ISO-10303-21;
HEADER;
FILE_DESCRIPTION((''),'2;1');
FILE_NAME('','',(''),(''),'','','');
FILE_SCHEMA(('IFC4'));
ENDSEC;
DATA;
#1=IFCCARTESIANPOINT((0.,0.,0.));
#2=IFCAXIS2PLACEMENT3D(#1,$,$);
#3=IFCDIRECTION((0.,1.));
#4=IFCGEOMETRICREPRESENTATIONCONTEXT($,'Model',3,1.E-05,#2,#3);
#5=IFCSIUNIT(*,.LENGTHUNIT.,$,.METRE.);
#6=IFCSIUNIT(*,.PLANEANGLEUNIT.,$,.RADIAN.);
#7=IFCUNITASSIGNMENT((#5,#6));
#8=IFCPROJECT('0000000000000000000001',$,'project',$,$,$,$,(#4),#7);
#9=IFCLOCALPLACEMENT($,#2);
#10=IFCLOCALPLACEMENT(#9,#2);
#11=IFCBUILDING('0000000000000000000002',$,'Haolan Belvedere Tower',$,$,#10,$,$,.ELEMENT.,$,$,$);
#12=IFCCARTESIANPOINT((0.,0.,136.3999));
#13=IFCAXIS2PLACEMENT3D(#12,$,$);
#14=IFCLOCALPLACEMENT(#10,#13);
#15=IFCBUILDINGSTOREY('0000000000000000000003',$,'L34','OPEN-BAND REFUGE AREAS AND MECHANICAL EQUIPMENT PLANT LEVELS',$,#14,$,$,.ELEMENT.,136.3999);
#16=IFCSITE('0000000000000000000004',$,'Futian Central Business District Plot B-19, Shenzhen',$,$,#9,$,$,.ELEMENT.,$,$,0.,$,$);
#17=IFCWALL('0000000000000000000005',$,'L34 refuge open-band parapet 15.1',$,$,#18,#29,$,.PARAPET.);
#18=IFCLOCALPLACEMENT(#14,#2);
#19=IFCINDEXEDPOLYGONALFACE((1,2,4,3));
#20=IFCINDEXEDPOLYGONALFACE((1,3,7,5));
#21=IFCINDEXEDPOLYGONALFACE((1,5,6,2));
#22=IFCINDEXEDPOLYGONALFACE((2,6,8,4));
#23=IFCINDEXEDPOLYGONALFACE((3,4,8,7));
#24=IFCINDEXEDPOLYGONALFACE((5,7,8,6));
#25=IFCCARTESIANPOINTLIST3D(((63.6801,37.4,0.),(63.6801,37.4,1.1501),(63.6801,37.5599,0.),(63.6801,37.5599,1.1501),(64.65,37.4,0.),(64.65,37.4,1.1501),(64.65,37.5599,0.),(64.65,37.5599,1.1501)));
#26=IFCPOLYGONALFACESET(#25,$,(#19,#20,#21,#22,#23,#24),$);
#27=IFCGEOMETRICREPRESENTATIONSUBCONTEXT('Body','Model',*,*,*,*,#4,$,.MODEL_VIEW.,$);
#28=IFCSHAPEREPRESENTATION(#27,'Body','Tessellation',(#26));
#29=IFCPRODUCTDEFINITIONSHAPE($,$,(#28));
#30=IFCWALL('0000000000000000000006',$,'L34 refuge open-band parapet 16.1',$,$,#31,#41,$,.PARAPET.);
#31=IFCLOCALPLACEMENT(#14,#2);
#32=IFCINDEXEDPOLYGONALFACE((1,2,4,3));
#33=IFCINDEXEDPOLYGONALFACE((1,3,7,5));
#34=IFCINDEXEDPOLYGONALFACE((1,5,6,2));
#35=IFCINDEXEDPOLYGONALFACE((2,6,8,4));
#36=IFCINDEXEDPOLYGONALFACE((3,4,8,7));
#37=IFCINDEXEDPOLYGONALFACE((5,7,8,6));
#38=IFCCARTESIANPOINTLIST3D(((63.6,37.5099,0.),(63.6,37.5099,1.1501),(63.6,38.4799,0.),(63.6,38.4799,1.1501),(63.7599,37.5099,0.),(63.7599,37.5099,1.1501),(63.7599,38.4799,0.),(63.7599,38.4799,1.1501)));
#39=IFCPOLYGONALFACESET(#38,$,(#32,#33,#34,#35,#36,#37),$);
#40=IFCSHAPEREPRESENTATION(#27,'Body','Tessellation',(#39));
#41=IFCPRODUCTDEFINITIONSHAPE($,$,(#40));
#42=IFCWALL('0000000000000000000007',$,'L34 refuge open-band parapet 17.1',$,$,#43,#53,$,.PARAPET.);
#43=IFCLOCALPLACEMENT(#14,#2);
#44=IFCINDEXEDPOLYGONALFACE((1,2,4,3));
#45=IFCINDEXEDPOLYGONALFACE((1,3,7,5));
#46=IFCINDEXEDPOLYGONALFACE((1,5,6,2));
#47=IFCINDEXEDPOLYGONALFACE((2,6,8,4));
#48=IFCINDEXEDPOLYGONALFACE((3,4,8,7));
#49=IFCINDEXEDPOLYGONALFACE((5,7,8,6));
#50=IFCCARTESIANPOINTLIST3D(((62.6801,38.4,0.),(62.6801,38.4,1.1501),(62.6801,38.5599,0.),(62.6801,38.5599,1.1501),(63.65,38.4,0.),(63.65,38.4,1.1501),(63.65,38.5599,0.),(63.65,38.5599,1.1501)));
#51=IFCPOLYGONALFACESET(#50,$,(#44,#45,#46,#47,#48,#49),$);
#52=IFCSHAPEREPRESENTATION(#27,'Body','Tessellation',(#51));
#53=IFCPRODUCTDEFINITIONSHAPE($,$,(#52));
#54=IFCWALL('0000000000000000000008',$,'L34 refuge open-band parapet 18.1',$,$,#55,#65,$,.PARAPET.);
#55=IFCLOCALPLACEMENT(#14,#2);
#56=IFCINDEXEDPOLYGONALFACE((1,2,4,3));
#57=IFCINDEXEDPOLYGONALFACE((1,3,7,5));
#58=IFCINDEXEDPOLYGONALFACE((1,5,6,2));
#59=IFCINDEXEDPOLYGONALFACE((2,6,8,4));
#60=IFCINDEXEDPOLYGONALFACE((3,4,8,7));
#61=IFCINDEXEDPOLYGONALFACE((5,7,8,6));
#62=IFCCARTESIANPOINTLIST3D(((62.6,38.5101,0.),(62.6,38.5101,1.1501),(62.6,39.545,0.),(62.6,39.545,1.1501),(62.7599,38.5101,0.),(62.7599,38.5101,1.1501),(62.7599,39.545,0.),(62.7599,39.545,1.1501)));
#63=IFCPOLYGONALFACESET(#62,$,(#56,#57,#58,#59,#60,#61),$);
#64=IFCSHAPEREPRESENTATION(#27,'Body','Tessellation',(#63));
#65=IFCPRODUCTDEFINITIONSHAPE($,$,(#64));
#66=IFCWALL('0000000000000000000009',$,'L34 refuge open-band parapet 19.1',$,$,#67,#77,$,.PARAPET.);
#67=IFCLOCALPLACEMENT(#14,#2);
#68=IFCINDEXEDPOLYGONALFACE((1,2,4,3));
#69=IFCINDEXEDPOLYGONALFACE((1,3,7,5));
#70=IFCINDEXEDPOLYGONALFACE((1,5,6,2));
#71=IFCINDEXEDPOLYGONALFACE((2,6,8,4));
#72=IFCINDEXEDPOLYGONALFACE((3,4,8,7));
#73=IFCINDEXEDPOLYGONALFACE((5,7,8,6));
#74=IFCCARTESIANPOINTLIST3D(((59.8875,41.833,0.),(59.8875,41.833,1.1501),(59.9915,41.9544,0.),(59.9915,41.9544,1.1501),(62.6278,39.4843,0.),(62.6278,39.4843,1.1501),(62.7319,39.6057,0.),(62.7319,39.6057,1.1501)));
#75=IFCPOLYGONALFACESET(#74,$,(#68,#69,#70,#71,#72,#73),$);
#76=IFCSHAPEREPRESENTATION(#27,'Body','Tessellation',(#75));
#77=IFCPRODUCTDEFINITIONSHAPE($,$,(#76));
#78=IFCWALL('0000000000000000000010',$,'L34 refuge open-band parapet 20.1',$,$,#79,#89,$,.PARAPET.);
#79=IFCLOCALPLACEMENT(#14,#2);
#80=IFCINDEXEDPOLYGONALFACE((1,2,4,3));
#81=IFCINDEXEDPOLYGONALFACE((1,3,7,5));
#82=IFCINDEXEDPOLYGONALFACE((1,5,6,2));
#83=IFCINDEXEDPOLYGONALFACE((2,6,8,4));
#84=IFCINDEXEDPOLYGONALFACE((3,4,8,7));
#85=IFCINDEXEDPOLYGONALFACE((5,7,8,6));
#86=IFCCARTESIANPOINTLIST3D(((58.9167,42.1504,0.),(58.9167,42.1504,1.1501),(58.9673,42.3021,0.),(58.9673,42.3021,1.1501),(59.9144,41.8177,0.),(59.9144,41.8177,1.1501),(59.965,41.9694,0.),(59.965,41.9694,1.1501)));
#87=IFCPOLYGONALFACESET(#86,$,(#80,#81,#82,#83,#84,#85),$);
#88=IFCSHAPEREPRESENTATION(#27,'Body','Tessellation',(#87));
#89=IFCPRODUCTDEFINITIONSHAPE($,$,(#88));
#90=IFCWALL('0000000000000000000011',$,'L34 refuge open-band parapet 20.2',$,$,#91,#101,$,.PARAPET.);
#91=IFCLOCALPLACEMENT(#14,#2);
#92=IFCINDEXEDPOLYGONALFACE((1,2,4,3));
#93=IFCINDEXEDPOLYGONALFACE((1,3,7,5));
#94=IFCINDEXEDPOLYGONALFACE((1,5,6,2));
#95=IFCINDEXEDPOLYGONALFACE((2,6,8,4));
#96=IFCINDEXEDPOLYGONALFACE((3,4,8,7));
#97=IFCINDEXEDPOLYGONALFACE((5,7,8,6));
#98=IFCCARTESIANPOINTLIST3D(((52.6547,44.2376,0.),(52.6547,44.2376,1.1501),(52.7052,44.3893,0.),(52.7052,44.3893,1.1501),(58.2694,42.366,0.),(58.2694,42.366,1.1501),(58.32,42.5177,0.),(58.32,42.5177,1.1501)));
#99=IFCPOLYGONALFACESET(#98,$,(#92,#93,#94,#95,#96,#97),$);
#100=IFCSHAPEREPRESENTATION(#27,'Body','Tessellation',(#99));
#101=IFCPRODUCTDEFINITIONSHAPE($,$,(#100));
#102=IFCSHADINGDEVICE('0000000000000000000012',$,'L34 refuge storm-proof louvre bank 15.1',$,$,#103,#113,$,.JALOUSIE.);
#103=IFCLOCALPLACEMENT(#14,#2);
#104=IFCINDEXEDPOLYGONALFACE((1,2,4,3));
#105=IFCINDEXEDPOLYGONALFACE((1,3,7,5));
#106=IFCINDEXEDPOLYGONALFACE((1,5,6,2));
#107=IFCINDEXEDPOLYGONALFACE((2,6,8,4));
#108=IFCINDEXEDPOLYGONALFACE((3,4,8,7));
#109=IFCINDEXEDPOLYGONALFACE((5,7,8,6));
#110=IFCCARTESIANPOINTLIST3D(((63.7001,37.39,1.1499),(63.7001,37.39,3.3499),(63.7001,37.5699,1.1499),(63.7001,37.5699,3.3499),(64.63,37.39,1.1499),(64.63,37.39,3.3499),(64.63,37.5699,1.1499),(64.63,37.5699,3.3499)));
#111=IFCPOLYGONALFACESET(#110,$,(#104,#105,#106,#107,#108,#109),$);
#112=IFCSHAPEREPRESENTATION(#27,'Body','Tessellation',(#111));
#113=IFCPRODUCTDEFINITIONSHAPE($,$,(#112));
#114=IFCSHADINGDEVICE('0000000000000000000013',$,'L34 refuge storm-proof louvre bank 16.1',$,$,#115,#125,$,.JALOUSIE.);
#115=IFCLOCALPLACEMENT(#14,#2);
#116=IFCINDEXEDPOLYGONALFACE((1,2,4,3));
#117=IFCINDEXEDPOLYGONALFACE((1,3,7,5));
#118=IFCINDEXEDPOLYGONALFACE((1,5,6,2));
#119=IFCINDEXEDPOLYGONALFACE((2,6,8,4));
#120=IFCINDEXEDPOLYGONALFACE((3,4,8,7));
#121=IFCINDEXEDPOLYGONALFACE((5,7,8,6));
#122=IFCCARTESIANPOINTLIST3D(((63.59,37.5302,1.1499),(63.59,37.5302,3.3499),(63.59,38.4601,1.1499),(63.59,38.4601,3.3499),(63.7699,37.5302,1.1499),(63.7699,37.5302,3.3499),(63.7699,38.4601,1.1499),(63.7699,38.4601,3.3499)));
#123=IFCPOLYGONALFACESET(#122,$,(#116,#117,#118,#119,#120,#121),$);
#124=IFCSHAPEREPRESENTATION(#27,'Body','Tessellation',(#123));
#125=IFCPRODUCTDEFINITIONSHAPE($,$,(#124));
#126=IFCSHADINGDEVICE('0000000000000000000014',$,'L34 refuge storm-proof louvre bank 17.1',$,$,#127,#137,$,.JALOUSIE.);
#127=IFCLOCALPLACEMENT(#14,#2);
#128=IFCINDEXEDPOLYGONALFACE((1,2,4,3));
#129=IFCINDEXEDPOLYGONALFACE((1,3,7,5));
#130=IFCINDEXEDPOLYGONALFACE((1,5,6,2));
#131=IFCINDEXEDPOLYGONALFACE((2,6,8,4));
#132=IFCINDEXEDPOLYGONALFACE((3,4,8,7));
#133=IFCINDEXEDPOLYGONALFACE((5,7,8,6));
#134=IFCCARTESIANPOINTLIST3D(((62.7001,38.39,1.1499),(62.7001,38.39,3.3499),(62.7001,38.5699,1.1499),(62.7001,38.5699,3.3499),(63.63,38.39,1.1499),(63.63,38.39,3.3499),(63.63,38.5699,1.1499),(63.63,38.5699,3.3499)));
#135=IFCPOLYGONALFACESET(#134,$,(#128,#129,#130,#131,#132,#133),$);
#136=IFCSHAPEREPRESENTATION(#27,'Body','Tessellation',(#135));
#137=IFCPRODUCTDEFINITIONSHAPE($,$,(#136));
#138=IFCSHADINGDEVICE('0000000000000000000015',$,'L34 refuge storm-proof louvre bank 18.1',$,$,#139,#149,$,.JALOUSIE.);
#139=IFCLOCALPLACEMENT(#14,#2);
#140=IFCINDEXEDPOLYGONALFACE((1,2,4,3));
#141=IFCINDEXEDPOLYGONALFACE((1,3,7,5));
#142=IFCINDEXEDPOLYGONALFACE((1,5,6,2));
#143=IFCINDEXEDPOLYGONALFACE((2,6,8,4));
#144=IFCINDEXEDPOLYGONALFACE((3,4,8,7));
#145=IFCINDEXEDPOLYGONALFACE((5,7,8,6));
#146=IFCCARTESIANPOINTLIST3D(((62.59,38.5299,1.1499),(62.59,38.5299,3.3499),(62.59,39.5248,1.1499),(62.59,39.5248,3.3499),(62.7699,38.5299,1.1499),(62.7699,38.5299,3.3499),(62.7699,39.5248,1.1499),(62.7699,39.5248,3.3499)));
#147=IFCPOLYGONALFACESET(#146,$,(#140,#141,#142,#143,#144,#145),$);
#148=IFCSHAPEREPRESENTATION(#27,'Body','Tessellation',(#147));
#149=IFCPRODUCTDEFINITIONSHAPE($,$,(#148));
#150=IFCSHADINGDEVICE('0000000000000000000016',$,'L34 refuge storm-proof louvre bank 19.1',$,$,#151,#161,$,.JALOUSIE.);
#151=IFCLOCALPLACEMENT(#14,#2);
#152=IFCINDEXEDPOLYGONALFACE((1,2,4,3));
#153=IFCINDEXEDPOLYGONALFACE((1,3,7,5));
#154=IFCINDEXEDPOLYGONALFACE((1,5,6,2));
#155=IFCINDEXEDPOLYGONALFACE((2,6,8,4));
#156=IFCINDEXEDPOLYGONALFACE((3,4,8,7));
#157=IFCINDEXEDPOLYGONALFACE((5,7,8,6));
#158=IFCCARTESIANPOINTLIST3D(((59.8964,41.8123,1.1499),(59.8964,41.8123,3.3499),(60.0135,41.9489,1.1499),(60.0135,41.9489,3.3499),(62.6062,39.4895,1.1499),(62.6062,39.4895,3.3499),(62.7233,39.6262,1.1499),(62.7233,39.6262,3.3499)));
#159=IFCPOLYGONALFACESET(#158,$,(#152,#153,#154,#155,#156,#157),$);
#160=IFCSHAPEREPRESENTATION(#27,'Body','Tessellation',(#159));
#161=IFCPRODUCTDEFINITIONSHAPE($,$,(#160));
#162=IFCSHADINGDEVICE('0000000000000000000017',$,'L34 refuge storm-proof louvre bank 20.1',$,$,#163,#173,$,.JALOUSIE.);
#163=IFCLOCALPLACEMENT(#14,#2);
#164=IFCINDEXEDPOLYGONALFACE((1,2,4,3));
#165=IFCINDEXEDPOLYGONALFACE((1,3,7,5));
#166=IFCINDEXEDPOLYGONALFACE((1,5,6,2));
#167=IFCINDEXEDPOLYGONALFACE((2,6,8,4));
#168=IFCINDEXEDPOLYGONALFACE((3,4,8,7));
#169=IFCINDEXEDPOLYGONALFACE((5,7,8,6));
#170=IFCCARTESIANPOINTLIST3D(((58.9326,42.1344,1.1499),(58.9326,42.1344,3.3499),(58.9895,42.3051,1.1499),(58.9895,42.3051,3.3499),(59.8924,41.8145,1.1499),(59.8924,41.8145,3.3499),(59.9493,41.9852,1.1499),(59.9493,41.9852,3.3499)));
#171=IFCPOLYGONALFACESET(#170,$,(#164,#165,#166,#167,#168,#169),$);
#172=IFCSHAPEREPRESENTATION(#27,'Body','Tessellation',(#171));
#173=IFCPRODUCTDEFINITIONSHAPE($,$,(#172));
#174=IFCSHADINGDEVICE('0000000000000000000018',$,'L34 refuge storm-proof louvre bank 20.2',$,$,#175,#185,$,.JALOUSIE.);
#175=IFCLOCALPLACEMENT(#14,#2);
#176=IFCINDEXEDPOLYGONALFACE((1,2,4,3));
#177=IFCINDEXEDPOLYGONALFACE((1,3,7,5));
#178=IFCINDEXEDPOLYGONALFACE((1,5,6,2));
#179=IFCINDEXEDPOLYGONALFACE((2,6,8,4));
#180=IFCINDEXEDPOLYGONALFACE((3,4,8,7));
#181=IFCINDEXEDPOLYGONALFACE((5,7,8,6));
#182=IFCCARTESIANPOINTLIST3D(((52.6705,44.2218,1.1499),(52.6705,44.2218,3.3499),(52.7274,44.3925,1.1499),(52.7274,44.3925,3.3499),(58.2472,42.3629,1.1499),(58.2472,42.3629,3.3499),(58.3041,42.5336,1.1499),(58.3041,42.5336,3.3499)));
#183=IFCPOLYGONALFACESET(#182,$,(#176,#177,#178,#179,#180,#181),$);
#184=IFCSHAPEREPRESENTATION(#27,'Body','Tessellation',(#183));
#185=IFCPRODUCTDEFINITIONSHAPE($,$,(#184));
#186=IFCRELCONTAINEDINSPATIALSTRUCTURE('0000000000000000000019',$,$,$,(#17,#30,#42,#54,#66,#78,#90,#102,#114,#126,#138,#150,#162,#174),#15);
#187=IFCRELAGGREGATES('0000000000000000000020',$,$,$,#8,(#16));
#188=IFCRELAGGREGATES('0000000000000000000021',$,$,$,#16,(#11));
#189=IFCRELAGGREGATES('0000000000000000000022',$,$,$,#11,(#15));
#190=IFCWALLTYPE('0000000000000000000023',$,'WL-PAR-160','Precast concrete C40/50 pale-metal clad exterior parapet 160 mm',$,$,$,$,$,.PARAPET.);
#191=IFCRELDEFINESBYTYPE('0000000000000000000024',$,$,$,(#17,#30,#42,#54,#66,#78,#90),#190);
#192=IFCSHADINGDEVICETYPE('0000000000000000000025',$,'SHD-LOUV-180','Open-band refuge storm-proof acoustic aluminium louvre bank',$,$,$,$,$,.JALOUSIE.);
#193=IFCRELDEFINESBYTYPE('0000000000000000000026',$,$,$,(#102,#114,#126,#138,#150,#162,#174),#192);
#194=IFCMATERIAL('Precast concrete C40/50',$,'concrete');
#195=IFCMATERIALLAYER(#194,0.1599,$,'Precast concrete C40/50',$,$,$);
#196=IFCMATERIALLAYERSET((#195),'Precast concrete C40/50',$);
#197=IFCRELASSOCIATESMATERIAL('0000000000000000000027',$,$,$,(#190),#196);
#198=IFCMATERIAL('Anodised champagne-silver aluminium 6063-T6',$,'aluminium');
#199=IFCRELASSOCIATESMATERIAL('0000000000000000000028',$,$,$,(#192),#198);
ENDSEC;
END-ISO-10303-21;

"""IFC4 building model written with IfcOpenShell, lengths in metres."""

from ifc_helpers import new_model, si_unit, direction, frame, frame_2d, origin, origin_2d, place, context, subcontext, project, spatial, rectangle, extrude, material, layer, layer_set, type_object, element, save


model = new_model("IFC4")

# Units and contexts
model_context = context("Model", 3, precision=1e-05, world=origin(), true_north=direction((0.0, 1.0)))
body_context = subcontext(model_context, "Body", "Model", "MODEL_VIEW")
ifc_project = project(units=[si_unit("LENGTHUNIT", "METRE"), si_unit("PLANEANGLEUNIT", "RADIAN")], contexts=[model_context])

# Site, building, storey
site_placement = place(None, origin())
site = spatial("IfcSite", under=ifc_project, at=site_placement, Name="Futian Central Business District Plot B-19, Shenzhen", CompositionType="ELEMENT", RefElevation=0.0)
building_placement = place(site_placement, origin())
building = spatial("IfcBuilding", under=site, at=building_placement, Name="Haolan Belvedere Tower", CompositionType="ELEMENT")
storey_placement = place(building_placement, frame((0.0, 0.0, 136.3999)))
storey = spatial("IfcBuildingStorey", under=building, at=storey_placement, Name="L34", Description="OPEN-BAND REFUGE AREAS AND MECHANICAL EQUIPMENT PLANT LEVELS", CompositionType="ELEMENT", Elevation=136.3999)

# Walls
ifc_material_1 = material(Name="Precast concrete C40/50", Category="concrete")
ifc_layer_1 = layer(ifc_material_1, 0.1599, Name="Precast concrete C40/50")
ifc_layer_set_1 = layer_set([ifc_layer_1], Name="Precast concrete C40/50")
wall_type_1 = type_object("IfcWallType", Name="WL-PAR-160", Description="Precast concrete C40/50 pale-metal clad exterior parapet 160 mm", PredefinedType="PARAPET", material=ifc_layer_set_1)
for number, where, z_axis, x_axis, name in (
    (1, (64.6499, 37.48, 0.0), (0.0, 0.0, 1.0), (-1.0, 0.0, 0.0), "L34 refuge open-band parapet 15.1"),
    (2, (63.6799, 37.51, 0.0), (0.0, 0.0, 1.0), (0.0, 1.0, 0.0), "L34 refuge open-band parapet 16.1"),
    (3, (63.6499, 38.48, 0.0), (0.0, 0.0, 1.0), (-1.0, 0.0, 0.0), "L34 refuge open-band parapet 17.1"),
):
    element("IfcWall", number, at=place(storey_placement, frame(where, z_axis=z_axis, x_axis=x_axis)), inside=storey, type_object=wall_type_1, Name=name, PredefinedType="PARAPET", context=body_context, shape_type="SweptSolid", body=[
        extrude(rectangle(XDim=0.97, YDim=0.1599, at=frame_2d((0.4849, 0.0))), origin(), (0.0, 0.0, 1.0), 1.1501),
    ])
wall_1_placement = place(storey_placement, frame((62.6799, 38.51, 0.0), z_axis=(0.0, 0.0, 1.0), x_axis=(0.0, 1.0, 0.0)))
element("IfcWall", 4, at=wall_1_placement, inside=storey, type_object=wall_type_1, Name="L34 refuge open-band parapet 18.1", PredefinedType="PARAPET", context=body_context, shape_type="SweptSolid", body=[
    extrude(rectangle(XDim=1.0349, YDim=0.1599, at=frame_2d((0.5176, 0.0))), origin(), (0.0, 0.0, 1.0), 1.1501),
])
wall_2_placement = place(storey_placement, frame((62.6799, 39.5449, 0.0), z_axis=(0.0, 0.0, 1.0), x_axis=(-0.759276, 0.650769, 0.0)))
element("IfcWall", 5, at=wall_2_placement, inside=storey, type_object=wall_type_1, Name="L34 refuge open-band parapet 19.1", PredefinedType="PARAPET", context=body_context, shape_type="SweptSolid", body=[
    extrude(rectangle(XDim=3.6091, YDim=0.1599, at=frame_2d((1.8047, 0.0))), origin(), (0.0, 0.0, 1.0), 1.1501),
])
wall_3_placement = place(storey_placement, frame((59.9397, 41.8936, 0.0), z_axis=(0.0, 0.0, 1.0), x_axis=(-0.948637, 0.316367, 0.0)))
element("IfcWall", 6, at=wall_3_placement, inside=storey, type_object=wall_type_1, Name="L34 refuge open-band parapet 20.1", PredefinedType="PARAPET", context=body_context, shape_type="SweptSolid", body=[
    extrude(rectangle(XDim=1.0518, YDim=0.1599, at=frame_2d((0.5259, 0.0))), origin(), (0.0, 0.0, 1.0), 1.1501),
])
wall_4_placement = place(storey_placement, frame((58.2947, 42.4419, 0.0), z_axis=(0.0, 0.0, 1.0), x_axis=(-0.948683, 0.316228, 0.0)))
element("IfcWall", 7, at=wall_4_placement, inside=storey, type_object=wall_type_1, Name="L34 refuge open-band parapet 20.2", PredefinedType="PARAPET", context=body_context, shape_type="SweptSolid", body=[
    extrude(rectangle(XDim=5.9185, YDim=0.1599, at=frame_2d((2.9592, 0.0))), origin(), (0.0, 0.0, 1.0), 1.1501),
])

# Shading devices
ifc_material_2 = material(Name="Anodised champagne-silver aluminium 6063-T6", Category="aluminium")
shading_device_type = type_object("IfcShadingDeviceType", Name="SHD-LOUV-180", Description="Open-band refuge storm-proof acoustic aluminium louvre bank", PredefinedType="JALOUSIE", material=ifc_material_2)
for number, where, z_axis, x_axis, name in (
    (8, (64.165, 37.48, 1.1499), (0.0, 0.0, 1.0), (-1.0, 0.0, 0.0), "L34 refuge storm-proof louvre bank 15.1"),
    (9, (63.6799, 37.9951, 1.1499), (0.0, 0.0, 1.0), (0.0, 1.0, 0.0), "L34 refuge storm-proof louvre bank 16.1"),
    (10, (63.165, 38.48, 1.1499), (0.0, 0.0, 1.0), (-1.0, 0.0, 0.0), "L34 refuge storm-proof louvre bank 17.1"),
):
    element("IfcShadingDevice", number, at=place(storey_placement, frame(where, z_axis=z_axis, x_axis=x_axis)), inside=storey, type_object=shading_device_type, Name=name, PredefinedType="JALOUSIE", context=body_context, shape_type="SweptSolid", body=[
        extrude(rectangle(XDim=0.9299, YDim=0.1799, at=origin_2d()), origin(), (0.0, 0.0, 1.0), 2.2),
    ])
shading_device_1_placement = place(storey_placement, frame((62.6799, 39.0273, 1.1499), z_axis=(0.0, 0.0, 1.0), x_axis=(0.0, 1.0, 0.0)))
element("IfcShadingDevice", 11, at=shading_device_1_placement, inside=storey, type_object=shading_device_type, Name="L34 refuge storm-proof louvre bank 18.1", PredefinedType="JALOUSIE", context=body_context, shape_type="SweptSolid", body=[
    extrude(rectangle(XDim=0.9949, YDim=0.1799, at=origin_2d()), origin(), (0.0, 0.0, 1.0), 2.2),
])
shading_device_2_placement = place(storey_placement, frame((61.3098, 40.7192, 1.1499), z_axis=(0.0, 0.0, 1.0), x_axis=(-0.759249, 0.650801, 0.0)))
element("IfcShadingDevice", 12, at=shading_device_2_placement, inside=storey, type_object=shading_device_type, Name="L34 refuge storm-proof louvre bank 19.1", PredefinedType="JALOUSIE", context=body_context, shape_type="SweptSolid", body=[
    extrude(rectangle(XDim=3.5691, YDim=0.1799, at=origin_2d()), origin(), (0.0, 0.0, 1.0), 2.2),
])
shading_device_3_placement = place(storey_placement, frame((59.4409, 42.0598, 1.1499), z_axis=(0.0, 0.0, 1.0), x_axis=(-0.948683, 0.316229, 0.0)))
element("IfcShadingDevice", 13, at=shading_device_3_placement, inside=storey, type_object=shading_device_type, Name="L34 refuge storm-proof louvre bank 20.1", PredefinedType="JALOUSIE", context=body_context, shape_type="SweptSolid", body=[
    extrude(rectangle(XDim=1.0117, YDim=0.1799, at=origin_2d()), origin(), (0.0, 0.0, 1.0), 2.2),
])
shading_device_4_placement = place(storey_placement, frame((55.4873, 43.3777, 1.1499), z_axis=(0.0, 0.0, 1.0), x_axis=(-0.948683, 0.316229, 0.0)))
element("IfcShadingDevice", 14, at=shading_device_4_placement, inside=storey, type_object=shading_device_type, Name="L34 refuge storm-proof louvre bank 20.2", PredefinedType="JALOUSIE", context=body_context, shape_type="SweptSolid", body=[
    extrude(rectangle(XDim=5.8784, YDim=0.1799, at=origin_2d()), origin(), (0.0, 0.0, 1.0), 2.2),
])

save(model, "model.ifc")
